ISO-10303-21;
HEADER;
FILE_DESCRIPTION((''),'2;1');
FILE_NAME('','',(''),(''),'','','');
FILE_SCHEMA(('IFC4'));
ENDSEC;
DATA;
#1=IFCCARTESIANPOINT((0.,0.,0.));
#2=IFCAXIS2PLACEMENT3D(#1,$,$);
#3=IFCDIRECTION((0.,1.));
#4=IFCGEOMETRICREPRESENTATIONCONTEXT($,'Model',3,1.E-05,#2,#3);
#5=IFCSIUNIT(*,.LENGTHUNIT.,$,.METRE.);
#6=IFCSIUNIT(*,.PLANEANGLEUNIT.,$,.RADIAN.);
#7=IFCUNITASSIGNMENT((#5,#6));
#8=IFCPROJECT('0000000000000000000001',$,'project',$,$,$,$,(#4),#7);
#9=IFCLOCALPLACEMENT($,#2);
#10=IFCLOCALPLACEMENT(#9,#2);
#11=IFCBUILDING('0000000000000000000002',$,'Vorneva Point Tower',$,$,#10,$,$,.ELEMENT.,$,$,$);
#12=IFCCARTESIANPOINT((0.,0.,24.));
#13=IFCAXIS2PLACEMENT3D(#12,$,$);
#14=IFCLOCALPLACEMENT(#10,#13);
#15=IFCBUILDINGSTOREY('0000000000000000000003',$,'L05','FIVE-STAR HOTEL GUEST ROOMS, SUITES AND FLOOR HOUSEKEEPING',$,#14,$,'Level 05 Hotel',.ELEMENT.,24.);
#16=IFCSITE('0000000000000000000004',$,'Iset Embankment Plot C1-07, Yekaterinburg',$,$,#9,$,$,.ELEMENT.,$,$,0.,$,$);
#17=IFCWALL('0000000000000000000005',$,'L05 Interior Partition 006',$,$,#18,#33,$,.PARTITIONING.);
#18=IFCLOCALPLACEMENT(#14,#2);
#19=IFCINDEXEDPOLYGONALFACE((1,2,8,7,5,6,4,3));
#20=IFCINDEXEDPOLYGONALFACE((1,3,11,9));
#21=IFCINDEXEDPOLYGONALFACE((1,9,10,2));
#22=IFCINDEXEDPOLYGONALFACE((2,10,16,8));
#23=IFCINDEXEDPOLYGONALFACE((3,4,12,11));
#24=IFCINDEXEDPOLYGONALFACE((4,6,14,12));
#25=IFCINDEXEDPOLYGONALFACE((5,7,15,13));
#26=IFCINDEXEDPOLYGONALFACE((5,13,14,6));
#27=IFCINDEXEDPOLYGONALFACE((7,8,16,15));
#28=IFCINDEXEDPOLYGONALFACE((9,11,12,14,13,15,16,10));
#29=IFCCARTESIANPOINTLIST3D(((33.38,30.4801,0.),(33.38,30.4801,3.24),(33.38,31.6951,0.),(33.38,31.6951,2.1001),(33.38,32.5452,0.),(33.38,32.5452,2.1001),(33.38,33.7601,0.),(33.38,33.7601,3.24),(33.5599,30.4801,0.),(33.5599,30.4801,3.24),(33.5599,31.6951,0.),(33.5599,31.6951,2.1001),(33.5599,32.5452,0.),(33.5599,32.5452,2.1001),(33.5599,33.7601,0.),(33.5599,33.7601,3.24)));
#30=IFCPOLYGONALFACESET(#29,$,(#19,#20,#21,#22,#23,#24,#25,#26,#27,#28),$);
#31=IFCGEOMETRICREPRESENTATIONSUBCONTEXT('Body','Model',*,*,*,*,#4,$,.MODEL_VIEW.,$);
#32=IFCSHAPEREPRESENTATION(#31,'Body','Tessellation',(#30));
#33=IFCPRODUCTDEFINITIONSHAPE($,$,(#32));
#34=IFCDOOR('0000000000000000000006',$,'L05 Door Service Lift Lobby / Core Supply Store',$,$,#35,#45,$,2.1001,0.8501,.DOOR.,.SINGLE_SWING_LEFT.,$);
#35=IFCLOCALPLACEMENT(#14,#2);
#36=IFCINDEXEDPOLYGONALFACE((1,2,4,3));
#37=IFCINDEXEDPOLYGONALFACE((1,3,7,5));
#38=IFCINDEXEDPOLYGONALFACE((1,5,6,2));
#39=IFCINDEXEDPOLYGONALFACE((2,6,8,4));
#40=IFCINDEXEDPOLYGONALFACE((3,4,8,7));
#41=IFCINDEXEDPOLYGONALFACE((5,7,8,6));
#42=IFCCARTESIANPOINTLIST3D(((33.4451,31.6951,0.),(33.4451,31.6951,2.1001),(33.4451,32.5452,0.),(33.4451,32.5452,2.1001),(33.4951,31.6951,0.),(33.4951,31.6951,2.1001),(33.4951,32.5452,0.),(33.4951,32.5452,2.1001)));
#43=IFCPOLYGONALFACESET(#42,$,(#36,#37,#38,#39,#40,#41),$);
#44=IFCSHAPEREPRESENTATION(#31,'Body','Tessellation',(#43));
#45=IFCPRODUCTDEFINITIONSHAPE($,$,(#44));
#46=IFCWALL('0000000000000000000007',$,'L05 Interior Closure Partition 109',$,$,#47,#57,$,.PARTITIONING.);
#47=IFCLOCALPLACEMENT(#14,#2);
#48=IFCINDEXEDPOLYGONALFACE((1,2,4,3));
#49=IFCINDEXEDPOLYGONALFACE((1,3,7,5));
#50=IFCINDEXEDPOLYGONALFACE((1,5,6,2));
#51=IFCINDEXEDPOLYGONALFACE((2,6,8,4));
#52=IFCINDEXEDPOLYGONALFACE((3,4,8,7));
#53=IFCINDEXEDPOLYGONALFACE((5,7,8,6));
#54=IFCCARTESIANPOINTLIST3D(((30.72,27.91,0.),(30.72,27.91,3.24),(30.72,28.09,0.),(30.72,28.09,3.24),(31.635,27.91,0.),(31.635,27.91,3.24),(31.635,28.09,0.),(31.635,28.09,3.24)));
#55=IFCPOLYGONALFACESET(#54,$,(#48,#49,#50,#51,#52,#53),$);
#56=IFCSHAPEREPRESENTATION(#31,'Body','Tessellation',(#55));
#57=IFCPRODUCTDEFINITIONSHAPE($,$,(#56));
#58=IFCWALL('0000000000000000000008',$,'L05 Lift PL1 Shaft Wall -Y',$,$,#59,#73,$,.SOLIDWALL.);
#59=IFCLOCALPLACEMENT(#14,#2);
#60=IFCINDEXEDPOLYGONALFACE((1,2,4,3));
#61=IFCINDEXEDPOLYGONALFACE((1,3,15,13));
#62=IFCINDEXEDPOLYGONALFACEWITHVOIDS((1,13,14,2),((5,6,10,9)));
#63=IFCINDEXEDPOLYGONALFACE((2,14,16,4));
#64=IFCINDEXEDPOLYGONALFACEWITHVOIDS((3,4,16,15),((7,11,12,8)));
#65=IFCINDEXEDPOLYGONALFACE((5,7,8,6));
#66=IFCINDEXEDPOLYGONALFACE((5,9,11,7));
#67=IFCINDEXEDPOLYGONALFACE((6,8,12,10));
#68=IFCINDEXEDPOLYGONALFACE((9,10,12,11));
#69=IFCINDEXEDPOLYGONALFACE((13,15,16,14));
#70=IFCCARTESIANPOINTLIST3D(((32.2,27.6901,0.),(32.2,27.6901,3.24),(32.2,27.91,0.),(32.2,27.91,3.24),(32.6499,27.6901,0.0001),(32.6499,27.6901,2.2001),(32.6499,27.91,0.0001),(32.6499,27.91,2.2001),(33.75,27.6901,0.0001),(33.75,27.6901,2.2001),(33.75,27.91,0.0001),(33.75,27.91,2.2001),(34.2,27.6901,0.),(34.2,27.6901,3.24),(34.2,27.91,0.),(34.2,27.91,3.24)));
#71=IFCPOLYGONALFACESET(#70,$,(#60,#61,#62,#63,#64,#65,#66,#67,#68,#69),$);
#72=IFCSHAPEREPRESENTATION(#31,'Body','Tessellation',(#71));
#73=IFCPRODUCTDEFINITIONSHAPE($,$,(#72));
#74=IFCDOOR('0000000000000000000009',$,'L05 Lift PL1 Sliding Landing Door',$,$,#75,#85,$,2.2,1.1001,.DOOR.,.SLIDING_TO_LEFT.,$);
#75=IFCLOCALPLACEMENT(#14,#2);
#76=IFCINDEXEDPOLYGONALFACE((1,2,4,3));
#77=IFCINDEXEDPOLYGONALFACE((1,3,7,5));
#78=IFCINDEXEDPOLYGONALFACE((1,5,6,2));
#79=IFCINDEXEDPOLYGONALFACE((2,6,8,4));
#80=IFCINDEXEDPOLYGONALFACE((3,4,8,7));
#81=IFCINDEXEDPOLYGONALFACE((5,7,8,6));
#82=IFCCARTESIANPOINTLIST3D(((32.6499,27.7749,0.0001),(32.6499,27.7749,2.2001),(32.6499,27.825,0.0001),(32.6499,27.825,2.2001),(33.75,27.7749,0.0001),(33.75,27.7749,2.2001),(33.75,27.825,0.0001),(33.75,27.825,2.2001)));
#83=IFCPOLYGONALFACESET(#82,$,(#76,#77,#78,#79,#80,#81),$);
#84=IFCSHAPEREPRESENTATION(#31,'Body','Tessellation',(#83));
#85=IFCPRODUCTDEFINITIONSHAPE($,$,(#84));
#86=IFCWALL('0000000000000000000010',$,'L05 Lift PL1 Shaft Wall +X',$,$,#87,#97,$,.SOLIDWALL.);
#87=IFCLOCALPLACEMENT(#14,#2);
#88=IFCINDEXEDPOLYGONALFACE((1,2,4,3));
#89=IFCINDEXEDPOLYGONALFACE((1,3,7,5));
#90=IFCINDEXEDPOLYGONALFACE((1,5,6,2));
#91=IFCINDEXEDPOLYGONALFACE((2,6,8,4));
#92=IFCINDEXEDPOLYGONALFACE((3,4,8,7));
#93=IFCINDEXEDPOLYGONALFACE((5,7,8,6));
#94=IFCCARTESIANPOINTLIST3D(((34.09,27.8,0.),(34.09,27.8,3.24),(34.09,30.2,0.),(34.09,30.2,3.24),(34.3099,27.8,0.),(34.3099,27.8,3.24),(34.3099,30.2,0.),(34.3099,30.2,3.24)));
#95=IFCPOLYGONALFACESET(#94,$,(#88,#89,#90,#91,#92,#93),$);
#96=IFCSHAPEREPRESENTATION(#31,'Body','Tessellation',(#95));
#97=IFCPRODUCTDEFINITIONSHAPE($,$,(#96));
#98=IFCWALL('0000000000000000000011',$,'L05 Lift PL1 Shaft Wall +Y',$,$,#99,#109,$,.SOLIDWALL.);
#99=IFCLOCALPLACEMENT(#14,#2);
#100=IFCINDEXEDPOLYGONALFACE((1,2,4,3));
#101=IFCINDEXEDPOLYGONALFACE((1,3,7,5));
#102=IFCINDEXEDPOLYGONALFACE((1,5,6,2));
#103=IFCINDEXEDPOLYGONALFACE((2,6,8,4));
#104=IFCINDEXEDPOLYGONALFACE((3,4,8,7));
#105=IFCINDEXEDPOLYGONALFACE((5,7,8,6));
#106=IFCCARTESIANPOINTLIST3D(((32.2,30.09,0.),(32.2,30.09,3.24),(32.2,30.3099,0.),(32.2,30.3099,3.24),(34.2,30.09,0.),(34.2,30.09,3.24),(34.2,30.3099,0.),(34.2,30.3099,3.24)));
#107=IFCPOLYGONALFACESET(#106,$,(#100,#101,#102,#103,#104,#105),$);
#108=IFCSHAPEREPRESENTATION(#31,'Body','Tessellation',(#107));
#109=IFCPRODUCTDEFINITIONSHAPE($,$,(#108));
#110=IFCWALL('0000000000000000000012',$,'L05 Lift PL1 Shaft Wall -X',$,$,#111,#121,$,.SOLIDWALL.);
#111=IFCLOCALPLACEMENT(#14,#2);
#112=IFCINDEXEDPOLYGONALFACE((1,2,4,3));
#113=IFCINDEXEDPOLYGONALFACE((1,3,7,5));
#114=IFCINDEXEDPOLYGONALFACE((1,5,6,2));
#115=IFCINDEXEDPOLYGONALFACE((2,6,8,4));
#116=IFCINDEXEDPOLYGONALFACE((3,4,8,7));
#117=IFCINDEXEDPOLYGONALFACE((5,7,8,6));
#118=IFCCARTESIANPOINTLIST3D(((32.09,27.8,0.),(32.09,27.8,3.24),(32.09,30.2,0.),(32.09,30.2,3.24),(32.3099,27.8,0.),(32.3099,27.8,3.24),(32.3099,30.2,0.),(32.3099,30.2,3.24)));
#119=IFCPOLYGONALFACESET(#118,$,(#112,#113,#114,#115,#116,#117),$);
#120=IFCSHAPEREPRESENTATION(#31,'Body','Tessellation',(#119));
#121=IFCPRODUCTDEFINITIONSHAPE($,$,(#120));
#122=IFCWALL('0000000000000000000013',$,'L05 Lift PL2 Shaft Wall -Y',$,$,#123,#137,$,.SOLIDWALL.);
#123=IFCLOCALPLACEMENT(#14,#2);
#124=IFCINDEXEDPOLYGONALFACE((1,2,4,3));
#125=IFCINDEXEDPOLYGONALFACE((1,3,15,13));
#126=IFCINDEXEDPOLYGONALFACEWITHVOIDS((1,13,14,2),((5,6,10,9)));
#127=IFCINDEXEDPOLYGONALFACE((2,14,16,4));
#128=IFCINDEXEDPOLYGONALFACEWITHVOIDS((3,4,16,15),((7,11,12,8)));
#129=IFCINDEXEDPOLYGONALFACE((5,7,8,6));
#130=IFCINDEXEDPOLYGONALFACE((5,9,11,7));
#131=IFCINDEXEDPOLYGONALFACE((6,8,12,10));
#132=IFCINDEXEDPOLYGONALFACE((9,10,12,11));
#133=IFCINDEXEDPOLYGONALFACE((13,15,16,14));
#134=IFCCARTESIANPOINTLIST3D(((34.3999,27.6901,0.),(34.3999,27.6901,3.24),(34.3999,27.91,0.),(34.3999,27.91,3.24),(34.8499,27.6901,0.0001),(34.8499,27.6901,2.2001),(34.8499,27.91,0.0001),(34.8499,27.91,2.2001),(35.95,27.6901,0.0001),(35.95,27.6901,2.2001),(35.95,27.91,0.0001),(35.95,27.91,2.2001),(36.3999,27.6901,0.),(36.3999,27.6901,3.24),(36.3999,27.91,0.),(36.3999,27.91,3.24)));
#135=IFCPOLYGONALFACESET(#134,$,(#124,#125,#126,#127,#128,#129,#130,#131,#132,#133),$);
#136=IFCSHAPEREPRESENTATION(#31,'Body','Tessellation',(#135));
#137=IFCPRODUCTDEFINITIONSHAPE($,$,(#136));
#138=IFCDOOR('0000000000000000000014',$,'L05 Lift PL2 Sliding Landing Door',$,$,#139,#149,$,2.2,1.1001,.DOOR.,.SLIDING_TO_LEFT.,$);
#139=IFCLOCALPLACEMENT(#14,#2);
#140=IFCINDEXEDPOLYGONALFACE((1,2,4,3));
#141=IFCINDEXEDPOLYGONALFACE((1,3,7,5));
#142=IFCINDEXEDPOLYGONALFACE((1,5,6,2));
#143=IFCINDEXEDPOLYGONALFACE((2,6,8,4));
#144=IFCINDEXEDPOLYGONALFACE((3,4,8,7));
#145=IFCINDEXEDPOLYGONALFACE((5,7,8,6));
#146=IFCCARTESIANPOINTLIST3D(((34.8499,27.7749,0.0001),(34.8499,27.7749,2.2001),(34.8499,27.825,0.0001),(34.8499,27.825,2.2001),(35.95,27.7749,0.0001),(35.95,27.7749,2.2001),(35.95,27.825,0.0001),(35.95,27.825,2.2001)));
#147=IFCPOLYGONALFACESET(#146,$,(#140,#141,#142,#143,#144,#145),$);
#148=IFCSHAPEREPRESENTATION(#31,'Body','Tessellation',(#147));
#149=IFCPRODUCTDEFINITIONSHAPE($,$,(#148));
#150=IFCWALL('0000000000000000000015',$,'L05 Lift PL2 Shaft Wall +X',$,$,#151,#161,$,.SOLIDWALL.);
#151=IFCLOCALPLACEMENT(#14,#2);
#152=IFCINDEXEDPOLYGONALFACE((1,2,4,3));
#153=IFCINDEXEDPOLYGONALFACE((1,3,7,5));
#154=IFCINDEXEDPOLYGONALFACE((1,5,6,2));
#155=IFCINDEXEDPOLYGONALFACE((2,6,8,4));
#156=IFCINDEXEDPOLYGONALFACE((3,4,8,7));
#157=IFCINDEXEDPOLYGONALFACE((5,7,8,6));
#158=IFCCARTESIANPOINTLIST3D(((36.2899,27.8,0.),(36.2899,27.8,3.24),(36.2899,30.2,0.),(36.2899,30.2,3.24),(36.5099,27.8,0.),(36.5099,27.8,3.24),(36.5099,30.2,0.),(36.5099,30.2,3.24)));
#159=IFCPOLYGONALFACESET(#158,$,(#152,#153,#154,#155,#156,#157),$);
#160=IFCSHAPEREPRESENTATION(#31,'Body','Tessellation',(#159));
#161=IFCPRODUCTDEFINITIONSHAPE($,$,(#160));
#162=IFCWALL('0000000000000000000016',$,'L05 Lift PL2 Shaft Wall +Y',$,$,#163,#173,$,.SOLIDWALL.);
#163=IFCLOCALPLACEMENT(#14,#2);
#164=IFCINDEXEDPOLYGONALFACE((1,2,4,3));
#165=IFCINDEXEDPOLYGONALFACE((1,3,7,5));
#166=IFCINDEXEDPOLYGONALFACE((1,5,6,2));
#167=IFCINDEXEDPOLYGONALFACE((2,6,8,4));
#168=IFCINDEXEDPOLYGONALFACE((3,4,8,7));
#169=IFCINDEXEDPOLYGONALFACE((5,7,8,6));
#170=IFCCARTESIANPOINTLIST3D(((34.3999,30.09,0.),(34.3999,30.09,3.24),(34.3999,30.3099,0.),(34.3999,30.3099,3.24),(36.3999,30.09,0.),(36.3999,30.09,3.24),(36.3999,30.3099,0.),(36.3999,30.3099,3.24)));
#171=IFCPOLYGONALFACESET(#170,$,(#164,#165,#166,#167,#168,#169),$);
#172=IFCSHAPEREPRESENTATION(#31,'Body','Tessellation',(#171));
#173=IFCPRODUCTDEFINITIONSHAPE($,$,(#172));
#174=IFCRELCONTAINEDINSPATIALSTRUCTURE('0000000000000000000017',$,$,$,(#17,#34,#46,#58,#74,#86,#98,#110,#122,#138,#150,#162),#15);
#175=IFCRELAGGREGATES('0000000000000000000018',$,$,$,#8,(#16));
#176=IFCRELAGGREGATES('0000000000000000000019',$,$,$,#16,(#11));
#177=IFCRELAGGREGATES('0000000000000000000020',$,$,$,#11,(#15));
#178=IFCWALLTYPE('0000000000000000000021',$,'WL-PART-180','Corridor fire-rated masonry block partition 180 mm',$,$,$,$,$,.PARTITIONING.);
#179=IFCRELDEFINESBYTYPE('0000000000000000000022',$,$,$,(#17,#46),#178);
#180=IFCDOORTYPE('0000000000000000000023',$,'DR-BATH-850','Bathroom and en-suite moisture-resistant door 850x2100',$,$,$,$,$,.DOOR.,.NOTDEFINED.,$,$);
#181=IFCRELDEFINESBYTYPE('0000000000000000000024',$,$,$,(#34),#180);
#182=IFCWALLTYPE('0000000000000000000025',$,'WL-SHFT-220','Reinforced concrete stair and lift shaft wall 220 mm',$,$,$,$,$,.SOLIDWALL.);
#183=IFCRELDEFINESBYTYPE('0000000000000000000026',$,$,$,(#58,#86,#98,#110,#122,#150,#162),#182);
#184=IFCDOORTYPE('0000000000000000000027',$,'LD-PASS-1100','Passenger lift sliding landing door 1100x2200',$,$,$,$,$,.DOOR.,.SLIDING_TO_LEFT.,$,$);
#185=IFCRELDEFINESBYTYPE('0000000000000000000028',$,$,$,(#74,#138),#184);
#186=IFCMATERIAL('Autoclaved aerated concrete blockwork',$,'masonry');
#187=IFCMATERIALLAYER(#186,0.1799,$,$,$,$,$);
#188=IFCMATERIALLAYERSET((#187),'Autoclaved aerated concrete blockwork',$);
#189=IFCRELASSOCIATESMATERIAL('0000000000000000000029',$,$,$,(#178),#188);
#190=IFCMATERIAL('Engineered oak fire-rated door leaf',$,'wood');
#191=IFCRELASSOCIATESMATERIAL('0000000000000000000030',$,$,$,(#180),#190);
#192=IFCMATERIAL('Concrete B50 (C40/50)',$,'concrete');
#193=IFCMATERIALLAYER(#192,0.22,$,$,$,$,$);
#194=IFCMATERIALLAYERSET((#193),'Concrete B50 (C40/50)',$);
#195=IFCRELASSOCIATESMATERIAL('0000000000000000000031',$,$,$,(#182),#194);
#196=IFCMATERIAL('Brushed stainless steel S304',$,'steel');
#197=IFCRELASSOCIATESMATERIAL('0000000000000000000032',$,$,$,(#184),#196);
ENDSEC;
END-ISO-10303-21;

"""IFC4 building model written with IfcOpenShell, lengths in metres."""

from ifc_helpers import new_model, si_unit, direction, frame, frame_2d, origin, place, context, subcontext, project, spatial, rectangle, extrude, material, layer, layer_set, type_object, element, fill, save


model = new_model("IFC4")

# Units and contexts
model_context = context("Model", 3, precision=1e-05, world=origin(), true_north=direction((0.0, 1.0)))
body_context = subcontext(model_context, "Body", "Model", "MODEL_VIEW")
ifc_project = project(units=[si_unit("LENGTHUNIT", "METRE"), si_unit("PLANEANGLEUNIT", "RADIAN")], contexts=[model_context])

# Site, building, storey
site_placement = place(None, origin())
site = spatial("IfcSite", under=ifc_project, at=site_placement, Name="Iset Embankment Plot C1-07, Yekaterinburg", CompositionType="ELEMENT", RefElevation=0.0)
building_placement = place(site_placement, origin())
building = spatial("IfcBuilding", under=site, at=building_placement, Name="Vorneva Point Tower", CompositionType="ELEMENT")
storey_placement = place(building_placement, frame((0.0, 0.0, 24.0)))
storey = spatial("IfcBuildingStorey", under=building, at=storey_placement, Name="L05", Description="FIVE-STAR HOTEL GUEST ROOMS, SUITES AND FLOOR HOUSEKEEPING", LongName="Level 05 Hotel", CompositionType="ELEMENT", Elevation=24.0)

# Shared definitions
ifc_material_1 = material(Name="Brushed stainless steel S304", Category="steel")

# Wall, opening, door
ifc_material_2 = material(Name="Autoclaved aerated concrete blockwork", Category="masonry")
ifc_layer_1 = layer(ifc_material_2, 0.1799)
ifc_layer_set_1 = layer_set([ifc_layer_1], Name="Autoclaved aerated concrete blockwork")
wall_type_1 = type_object("IfcWallType", Name="WL-PART-180", Description="Corridor fire-rated masonry block partition 180 mm", PredefinedType="PARTITIONING", material=ifc_layer_set_1)
wall_1_placement = place(storey_placement, frame((33.47, 30.48, 0.0), z_axis=(0.0, 0.0, 1.0), x_axis=(0.0, 1.0, 0.0)))
wall_1 = element("IfcWall", 1, at=wall_1_placement, inside=storey, type_object=wall_type_1, Name="L05 Interior Partition 006", PredefinedType="PARTITIONING", context=body_context, shape_type="SweptSolid", body=[
    extrude(rectangle(XDim=3.28, YDim=0.1799, at=frame_2d((1.6401, 0.0))), origin(), (0.0, 0.0, 1.0), 3.24),
])
opening_1_placement = place(wall_1_placement, frame((1.2151, 0.0, 0.0)))
opening_1 = element("IfcOpeningElement", 2, at=opening_1_placement, cuts=wall_1, PredefinedType="OPENING", context=body_context, shape_type="SweptSolid", body=[
    extrude(rectangle(XDim=0.8501, YDim=2.1001, at=frame_2d((0.425, 1.05))), frame((0.0, 0.105, 0.0), z_axis=(0.0, -1.0, 0.0), x_axis=(1.0, 0.0, 0.0)), (0.0, 0.0, 1.0), 0.2097),
])
ifc_material_3 = material(Name="Engineered oak fire-rated door leaf", Category="wood")
door_type_1 = type_object("IfcDoorType", Name="DR-BATH-850", Description="Bathroom and en-suite moisture-resistant door 850x2100", OperationType="NOTDEFINED", PredefinedType="DOOR", material=ifc_material_3)
door_1_placement = place(opening_1_placement, origin())
door_1 = element("IfcDoor", 3, at=door_1_placement, inside=storey, type_object=door_type_1, Name="L05 Door Service Lift Lobby / Core Supply Store", OperationType="SINGLE_SWING_LEFT", OverallHeight=2.1001, OverallWidth=0.8501, PredefinedType="DOOR", context=body_context, shape_type="SweptSolid", body=[
    extrude(rectangle(XDim=0.8501, YDim=2.1001, at=frame_2d((0.425, 1.05))), frame((0.0, 0.0249, 0.0), z_axis=(0.0, -1.0, 0.0), x_axis=(1.0, 0.0, 0.0)), (0.0, 0.0, 1.0), 0.05),
])
fill(opening_1, door_1)

# Wall
wall_2_placement = place(storey_placement, frame((31.635, 28.0, 0.0), z_axis=(0.0, 0.0, 1.0), x_axis=(-1.0, 0.0, 0.0)))
element("IfcWall", 4, at=wall_2_placement, inside=storey, type_object=wall_type_1, Name="L05 Interior Closure Partition 109", PredefinedType="PARTITIONING", context=body_context, shape_type="SweptSolid", body=[
    extrude(rectangle(XDim=0.915, YDim=0.1799, at=frame_2d((0.4575, 0.0))), origin(), (0.0, 0.0, 1.0), 3.24),
])

# Wall, opening, door
ifc_material_4 = material(Name="Concrete B50 (C40/50)", Category="concrete")
ifc_layer_2 = layer(ifc_material_4, 0.22)
ifc_layer_set_2 = layer_set([ifc_layer_2], Name="Concrete B50 (C40/50)")
wall_type_2 = type_object("IfcWallType", Name="WL-SHFT-220", Description="Reinforced concrete stair and lift shaft wall 220 mm", PredefinedType="SOLIDWALL", material=ifc_layer_set_2)
wall_3_placement = place(storey_placement, frame((32.2, 27.8, 0.0), z_axis=(0.0, 0.0, 1.0), x_axis=(1.0, 0.0, 0.0)))
wall_3 = element("IfcWall", 5, at=wall_3_placement, inside=storey, type_object=wall_type_2, Name="L05 Lift PL1 Shaft Wall -Y", PredefinedType="SOLIDWALL", context=body_context, shape_type="SweptSolid", body=[
    extrude(rectangle(XDim=2.0, YDim=0.22, at=frame_2d((1.0, 0.0))), origin(), (0.0, 0.0, 1.0), 3.24),
])
opening_2_placement = place(wall_3_placement, frame((0.45, 0.0, 0.0)))
opening_2 = element("IfcOpeningElement", 6, at=opening_2_placement, cuts=wall_3, PredefinedType="OPENING", context=body_context, shape_type="SweptSolid", body=[
    extrude(rectangle(XDim=1.1001, YDim=2.2, at=frame_2d((0.55, 1.1001))), frame((0.0, 0.125, 0.0), z_axis=(0.0, -1.0, 0.0), x_axis=(1.0, 0.0, 0.0)), (0.0, 0.0, 1.0), 0.2498),
])
door_type_2 = type_object("IfcDoorType", Name="LD-PASS-1100", Description="Passenger lift sliding landing door 1100x2200", OperationType="SLIDING_TO_LEFT", PredefinedType="DOOR", material=ifc_material_1)
door_2_placement = place(opening_2_placement, origin())
door_2 = element("IfcDoor", 7, at=door_2_placement, inside=storey, type_object=door_type_2, Name="L05 Lift PL1 Sliding Landing Door", OperationType="SLIDING_TO_LEFT", OverallHeight=2.2, OverallWidth=1.1001, PredefinedType="DOOR", context=body_context, shape_type="SweptSolid", body=[
    extrude(rectangle(XDim=1.1001, YDim=2.2, at=frame_2d((0.55, 1.1001))), frame((0.0, 0.0249, 0.0), z_axis=(0.0, -1.0, 0.0), x_axis=(1.0, 0.0, 0.0)), (0.0, 0.0, 1.0), 0.05),
])
fill(opening_2, door_2)

# Walls
wall_4_placement = place(storey_placement, frame((34.2, 27.8, 0.0), z_axis=(0.0, 0.0, 1.0), x_axis=(0.0, 1.0, 0.0)))
element("IfcWall", 8, at=wall_4_placement, inside=storey, type_object=wall_type_2, Name="L05 Lift PL1 Shaft Wall +X", PredefinedType="SOLIDWALL", context=body_context, shape_type="SweptSolid", body=[
    extrude(rectangle(XDim=2.3999, YDim=0.22, at=frame_2d((1.2, 0.0))), origin(), (0.0, 0.0, 1.0), 3.24),
])
wall_5_placement = place(storey_placement, frame((34.2, 30.2, 0.0), z_axis=(0.0, 0.0, 1.0), x_axis=(-1.0, 0.0, 0.0)))
element("IfcWall", 9, at=wall_5_placement, inside=storey, type_object=wall_type_2, Name="L05 Lift PL1 Shaft Wall +Y", PredefinedType="SOLIDWALL", context=body_context, shape_type="SweptSolid", body=[
    extrude(rectangle(XDim=2.0, YDim=0.22, at=frame_2d((1.0, 0.0))), origin(), (0.0, 0.0, 1.0), 3.24),
])
wall_6_placement = place(storey_placement, frame((32.2, 30.2, 0.0), z_axis=(0.0, 0.0, 1.0), x_axis=(0.0, -1.0, 0.0)))
element("IfcWall", 10, at=wall_6_placement, inside=storey, type_object=wall_type_2, Name="L05 Lift PL1 Shaft Wall -X", PredefinedType="SOLIDWALL", context=body_context, shape_type="SweptSolid", body=[
    extrude(rectangle(XDim=2.3999, YDim=0.22, at=frame_2d((1.2, 0.0))), origin(), (0.0, 0.0, 1.0), 3.24),
])

# Wall, opening, door
wall_7_placement = place(storey_placement, frame((34.3999, 27.8, 0.0), z_axis=(0.0, 0.0, 1.0), x_axis=(1.0, 0.0, 0.0)))
wall_7 = element("IfcWall", 11, at=wall_7_placement, inside=storey, type_object=wall_type_2, Name="L05 Lift PL2 Shaft Wall -Y", PredefinedType="SOLIDWALL", context=body_context, shape_type="SweptSolid", body=[
    extrude(rectangle(XDim=2.0, YDim=0.22, at=frame_2d((1.0, 0.0))), origin(), (0.0, 0.0, 1.0), 3.24),
])
opening_3_placement = place(wall_7_placement, frame((0.45, 0.0, 0.0)))
opening_3 = element("IfcOpeningElement", 12, at=opening_3_placement, cuts=wall_7, PredefinedType="OPENING", context=body_context, shape_type="SweptSolid", body=[
    extrude(rectangle(XDim=1.1001, YDim=2.2, at=frame_2d((0.55, 1.1001))), frame((0.0, 0.125, 0.0), z_axis=(0.0, -1.0, 0.0), x_axis=(1.0, 0.0, 0.0)), (0.0, 0.0, 1.0), 0.2498),
])
door_3_placement = place(opening_3_placement, origin())
door_3 = element("IfcDoor", 13, at=door_3_placement, inside=storey, type_object=door_type_2, Name="L05 Lift PL2 Sliding Landing Door", OperationType="SLIDING_TO_LEFT", OverallHeight=2.2, OverallWidth=1.1001, PredefinedType="DOOR", context=body_context, shape_type="SweptSolid", body=[
    extrude(rectangle(XDim=1.1001, YDim=2.2, at=frame_2d((0.55, 1.1001))), frame((0.0, 0.0249, 0.0), z_axis=(0.0, -1.0, 0.0), x_axis=(1.0, 0.0, 0.0)), (0.0, 0.0, 1.0), 0.05),
])
fill(opening_3, door_3)

# Walls
wall_8_placement = place(storey_placement, frame((36.3999, 27.8, 0.0), z_axis=(0.0, 0.0, 1.0), x_axis=(0.0, 1.0, 0.0)))
element("IfcWall", 14, at=wall_8_placement, inside=storey, type_object=wall_type_2, Name="L05 Lift PL2 Shaft Wall +X", PredefinedType="SOLIDWALL", context=body_context, shape_type="SweptSolid", body=[
    extrude(rectangle(XDim=2.3999, YDim=0.22, at=frame_2d((1.2, 0.0))), origin(), (0.0, 0.0, 1.0), 3.24),
])
wall_9_placement = place(storey_placement, frame((36.3999, 30.2, 0.0), z_axis=(0.0, 0.0, 1.0), x_axis=(-1.0, 0.0, 0.0)))
element("IfcWall", 15, at=wall_9_placement, inside=storey, type_object=wall_type_2, Name="L05 Lift PL2 Shaft Wall +Y", PredefinedType="SOLIDWALL", context=body_context, shape_type="SweptSolid", body=[
    extrude(rectangle(XDim=2.0, YDim=0.22, at=frame_2d((1.0, 0.0))), origin(), (0.0, 0.0, 1.0), 3.24),
])

save(model, "model.ifc")
